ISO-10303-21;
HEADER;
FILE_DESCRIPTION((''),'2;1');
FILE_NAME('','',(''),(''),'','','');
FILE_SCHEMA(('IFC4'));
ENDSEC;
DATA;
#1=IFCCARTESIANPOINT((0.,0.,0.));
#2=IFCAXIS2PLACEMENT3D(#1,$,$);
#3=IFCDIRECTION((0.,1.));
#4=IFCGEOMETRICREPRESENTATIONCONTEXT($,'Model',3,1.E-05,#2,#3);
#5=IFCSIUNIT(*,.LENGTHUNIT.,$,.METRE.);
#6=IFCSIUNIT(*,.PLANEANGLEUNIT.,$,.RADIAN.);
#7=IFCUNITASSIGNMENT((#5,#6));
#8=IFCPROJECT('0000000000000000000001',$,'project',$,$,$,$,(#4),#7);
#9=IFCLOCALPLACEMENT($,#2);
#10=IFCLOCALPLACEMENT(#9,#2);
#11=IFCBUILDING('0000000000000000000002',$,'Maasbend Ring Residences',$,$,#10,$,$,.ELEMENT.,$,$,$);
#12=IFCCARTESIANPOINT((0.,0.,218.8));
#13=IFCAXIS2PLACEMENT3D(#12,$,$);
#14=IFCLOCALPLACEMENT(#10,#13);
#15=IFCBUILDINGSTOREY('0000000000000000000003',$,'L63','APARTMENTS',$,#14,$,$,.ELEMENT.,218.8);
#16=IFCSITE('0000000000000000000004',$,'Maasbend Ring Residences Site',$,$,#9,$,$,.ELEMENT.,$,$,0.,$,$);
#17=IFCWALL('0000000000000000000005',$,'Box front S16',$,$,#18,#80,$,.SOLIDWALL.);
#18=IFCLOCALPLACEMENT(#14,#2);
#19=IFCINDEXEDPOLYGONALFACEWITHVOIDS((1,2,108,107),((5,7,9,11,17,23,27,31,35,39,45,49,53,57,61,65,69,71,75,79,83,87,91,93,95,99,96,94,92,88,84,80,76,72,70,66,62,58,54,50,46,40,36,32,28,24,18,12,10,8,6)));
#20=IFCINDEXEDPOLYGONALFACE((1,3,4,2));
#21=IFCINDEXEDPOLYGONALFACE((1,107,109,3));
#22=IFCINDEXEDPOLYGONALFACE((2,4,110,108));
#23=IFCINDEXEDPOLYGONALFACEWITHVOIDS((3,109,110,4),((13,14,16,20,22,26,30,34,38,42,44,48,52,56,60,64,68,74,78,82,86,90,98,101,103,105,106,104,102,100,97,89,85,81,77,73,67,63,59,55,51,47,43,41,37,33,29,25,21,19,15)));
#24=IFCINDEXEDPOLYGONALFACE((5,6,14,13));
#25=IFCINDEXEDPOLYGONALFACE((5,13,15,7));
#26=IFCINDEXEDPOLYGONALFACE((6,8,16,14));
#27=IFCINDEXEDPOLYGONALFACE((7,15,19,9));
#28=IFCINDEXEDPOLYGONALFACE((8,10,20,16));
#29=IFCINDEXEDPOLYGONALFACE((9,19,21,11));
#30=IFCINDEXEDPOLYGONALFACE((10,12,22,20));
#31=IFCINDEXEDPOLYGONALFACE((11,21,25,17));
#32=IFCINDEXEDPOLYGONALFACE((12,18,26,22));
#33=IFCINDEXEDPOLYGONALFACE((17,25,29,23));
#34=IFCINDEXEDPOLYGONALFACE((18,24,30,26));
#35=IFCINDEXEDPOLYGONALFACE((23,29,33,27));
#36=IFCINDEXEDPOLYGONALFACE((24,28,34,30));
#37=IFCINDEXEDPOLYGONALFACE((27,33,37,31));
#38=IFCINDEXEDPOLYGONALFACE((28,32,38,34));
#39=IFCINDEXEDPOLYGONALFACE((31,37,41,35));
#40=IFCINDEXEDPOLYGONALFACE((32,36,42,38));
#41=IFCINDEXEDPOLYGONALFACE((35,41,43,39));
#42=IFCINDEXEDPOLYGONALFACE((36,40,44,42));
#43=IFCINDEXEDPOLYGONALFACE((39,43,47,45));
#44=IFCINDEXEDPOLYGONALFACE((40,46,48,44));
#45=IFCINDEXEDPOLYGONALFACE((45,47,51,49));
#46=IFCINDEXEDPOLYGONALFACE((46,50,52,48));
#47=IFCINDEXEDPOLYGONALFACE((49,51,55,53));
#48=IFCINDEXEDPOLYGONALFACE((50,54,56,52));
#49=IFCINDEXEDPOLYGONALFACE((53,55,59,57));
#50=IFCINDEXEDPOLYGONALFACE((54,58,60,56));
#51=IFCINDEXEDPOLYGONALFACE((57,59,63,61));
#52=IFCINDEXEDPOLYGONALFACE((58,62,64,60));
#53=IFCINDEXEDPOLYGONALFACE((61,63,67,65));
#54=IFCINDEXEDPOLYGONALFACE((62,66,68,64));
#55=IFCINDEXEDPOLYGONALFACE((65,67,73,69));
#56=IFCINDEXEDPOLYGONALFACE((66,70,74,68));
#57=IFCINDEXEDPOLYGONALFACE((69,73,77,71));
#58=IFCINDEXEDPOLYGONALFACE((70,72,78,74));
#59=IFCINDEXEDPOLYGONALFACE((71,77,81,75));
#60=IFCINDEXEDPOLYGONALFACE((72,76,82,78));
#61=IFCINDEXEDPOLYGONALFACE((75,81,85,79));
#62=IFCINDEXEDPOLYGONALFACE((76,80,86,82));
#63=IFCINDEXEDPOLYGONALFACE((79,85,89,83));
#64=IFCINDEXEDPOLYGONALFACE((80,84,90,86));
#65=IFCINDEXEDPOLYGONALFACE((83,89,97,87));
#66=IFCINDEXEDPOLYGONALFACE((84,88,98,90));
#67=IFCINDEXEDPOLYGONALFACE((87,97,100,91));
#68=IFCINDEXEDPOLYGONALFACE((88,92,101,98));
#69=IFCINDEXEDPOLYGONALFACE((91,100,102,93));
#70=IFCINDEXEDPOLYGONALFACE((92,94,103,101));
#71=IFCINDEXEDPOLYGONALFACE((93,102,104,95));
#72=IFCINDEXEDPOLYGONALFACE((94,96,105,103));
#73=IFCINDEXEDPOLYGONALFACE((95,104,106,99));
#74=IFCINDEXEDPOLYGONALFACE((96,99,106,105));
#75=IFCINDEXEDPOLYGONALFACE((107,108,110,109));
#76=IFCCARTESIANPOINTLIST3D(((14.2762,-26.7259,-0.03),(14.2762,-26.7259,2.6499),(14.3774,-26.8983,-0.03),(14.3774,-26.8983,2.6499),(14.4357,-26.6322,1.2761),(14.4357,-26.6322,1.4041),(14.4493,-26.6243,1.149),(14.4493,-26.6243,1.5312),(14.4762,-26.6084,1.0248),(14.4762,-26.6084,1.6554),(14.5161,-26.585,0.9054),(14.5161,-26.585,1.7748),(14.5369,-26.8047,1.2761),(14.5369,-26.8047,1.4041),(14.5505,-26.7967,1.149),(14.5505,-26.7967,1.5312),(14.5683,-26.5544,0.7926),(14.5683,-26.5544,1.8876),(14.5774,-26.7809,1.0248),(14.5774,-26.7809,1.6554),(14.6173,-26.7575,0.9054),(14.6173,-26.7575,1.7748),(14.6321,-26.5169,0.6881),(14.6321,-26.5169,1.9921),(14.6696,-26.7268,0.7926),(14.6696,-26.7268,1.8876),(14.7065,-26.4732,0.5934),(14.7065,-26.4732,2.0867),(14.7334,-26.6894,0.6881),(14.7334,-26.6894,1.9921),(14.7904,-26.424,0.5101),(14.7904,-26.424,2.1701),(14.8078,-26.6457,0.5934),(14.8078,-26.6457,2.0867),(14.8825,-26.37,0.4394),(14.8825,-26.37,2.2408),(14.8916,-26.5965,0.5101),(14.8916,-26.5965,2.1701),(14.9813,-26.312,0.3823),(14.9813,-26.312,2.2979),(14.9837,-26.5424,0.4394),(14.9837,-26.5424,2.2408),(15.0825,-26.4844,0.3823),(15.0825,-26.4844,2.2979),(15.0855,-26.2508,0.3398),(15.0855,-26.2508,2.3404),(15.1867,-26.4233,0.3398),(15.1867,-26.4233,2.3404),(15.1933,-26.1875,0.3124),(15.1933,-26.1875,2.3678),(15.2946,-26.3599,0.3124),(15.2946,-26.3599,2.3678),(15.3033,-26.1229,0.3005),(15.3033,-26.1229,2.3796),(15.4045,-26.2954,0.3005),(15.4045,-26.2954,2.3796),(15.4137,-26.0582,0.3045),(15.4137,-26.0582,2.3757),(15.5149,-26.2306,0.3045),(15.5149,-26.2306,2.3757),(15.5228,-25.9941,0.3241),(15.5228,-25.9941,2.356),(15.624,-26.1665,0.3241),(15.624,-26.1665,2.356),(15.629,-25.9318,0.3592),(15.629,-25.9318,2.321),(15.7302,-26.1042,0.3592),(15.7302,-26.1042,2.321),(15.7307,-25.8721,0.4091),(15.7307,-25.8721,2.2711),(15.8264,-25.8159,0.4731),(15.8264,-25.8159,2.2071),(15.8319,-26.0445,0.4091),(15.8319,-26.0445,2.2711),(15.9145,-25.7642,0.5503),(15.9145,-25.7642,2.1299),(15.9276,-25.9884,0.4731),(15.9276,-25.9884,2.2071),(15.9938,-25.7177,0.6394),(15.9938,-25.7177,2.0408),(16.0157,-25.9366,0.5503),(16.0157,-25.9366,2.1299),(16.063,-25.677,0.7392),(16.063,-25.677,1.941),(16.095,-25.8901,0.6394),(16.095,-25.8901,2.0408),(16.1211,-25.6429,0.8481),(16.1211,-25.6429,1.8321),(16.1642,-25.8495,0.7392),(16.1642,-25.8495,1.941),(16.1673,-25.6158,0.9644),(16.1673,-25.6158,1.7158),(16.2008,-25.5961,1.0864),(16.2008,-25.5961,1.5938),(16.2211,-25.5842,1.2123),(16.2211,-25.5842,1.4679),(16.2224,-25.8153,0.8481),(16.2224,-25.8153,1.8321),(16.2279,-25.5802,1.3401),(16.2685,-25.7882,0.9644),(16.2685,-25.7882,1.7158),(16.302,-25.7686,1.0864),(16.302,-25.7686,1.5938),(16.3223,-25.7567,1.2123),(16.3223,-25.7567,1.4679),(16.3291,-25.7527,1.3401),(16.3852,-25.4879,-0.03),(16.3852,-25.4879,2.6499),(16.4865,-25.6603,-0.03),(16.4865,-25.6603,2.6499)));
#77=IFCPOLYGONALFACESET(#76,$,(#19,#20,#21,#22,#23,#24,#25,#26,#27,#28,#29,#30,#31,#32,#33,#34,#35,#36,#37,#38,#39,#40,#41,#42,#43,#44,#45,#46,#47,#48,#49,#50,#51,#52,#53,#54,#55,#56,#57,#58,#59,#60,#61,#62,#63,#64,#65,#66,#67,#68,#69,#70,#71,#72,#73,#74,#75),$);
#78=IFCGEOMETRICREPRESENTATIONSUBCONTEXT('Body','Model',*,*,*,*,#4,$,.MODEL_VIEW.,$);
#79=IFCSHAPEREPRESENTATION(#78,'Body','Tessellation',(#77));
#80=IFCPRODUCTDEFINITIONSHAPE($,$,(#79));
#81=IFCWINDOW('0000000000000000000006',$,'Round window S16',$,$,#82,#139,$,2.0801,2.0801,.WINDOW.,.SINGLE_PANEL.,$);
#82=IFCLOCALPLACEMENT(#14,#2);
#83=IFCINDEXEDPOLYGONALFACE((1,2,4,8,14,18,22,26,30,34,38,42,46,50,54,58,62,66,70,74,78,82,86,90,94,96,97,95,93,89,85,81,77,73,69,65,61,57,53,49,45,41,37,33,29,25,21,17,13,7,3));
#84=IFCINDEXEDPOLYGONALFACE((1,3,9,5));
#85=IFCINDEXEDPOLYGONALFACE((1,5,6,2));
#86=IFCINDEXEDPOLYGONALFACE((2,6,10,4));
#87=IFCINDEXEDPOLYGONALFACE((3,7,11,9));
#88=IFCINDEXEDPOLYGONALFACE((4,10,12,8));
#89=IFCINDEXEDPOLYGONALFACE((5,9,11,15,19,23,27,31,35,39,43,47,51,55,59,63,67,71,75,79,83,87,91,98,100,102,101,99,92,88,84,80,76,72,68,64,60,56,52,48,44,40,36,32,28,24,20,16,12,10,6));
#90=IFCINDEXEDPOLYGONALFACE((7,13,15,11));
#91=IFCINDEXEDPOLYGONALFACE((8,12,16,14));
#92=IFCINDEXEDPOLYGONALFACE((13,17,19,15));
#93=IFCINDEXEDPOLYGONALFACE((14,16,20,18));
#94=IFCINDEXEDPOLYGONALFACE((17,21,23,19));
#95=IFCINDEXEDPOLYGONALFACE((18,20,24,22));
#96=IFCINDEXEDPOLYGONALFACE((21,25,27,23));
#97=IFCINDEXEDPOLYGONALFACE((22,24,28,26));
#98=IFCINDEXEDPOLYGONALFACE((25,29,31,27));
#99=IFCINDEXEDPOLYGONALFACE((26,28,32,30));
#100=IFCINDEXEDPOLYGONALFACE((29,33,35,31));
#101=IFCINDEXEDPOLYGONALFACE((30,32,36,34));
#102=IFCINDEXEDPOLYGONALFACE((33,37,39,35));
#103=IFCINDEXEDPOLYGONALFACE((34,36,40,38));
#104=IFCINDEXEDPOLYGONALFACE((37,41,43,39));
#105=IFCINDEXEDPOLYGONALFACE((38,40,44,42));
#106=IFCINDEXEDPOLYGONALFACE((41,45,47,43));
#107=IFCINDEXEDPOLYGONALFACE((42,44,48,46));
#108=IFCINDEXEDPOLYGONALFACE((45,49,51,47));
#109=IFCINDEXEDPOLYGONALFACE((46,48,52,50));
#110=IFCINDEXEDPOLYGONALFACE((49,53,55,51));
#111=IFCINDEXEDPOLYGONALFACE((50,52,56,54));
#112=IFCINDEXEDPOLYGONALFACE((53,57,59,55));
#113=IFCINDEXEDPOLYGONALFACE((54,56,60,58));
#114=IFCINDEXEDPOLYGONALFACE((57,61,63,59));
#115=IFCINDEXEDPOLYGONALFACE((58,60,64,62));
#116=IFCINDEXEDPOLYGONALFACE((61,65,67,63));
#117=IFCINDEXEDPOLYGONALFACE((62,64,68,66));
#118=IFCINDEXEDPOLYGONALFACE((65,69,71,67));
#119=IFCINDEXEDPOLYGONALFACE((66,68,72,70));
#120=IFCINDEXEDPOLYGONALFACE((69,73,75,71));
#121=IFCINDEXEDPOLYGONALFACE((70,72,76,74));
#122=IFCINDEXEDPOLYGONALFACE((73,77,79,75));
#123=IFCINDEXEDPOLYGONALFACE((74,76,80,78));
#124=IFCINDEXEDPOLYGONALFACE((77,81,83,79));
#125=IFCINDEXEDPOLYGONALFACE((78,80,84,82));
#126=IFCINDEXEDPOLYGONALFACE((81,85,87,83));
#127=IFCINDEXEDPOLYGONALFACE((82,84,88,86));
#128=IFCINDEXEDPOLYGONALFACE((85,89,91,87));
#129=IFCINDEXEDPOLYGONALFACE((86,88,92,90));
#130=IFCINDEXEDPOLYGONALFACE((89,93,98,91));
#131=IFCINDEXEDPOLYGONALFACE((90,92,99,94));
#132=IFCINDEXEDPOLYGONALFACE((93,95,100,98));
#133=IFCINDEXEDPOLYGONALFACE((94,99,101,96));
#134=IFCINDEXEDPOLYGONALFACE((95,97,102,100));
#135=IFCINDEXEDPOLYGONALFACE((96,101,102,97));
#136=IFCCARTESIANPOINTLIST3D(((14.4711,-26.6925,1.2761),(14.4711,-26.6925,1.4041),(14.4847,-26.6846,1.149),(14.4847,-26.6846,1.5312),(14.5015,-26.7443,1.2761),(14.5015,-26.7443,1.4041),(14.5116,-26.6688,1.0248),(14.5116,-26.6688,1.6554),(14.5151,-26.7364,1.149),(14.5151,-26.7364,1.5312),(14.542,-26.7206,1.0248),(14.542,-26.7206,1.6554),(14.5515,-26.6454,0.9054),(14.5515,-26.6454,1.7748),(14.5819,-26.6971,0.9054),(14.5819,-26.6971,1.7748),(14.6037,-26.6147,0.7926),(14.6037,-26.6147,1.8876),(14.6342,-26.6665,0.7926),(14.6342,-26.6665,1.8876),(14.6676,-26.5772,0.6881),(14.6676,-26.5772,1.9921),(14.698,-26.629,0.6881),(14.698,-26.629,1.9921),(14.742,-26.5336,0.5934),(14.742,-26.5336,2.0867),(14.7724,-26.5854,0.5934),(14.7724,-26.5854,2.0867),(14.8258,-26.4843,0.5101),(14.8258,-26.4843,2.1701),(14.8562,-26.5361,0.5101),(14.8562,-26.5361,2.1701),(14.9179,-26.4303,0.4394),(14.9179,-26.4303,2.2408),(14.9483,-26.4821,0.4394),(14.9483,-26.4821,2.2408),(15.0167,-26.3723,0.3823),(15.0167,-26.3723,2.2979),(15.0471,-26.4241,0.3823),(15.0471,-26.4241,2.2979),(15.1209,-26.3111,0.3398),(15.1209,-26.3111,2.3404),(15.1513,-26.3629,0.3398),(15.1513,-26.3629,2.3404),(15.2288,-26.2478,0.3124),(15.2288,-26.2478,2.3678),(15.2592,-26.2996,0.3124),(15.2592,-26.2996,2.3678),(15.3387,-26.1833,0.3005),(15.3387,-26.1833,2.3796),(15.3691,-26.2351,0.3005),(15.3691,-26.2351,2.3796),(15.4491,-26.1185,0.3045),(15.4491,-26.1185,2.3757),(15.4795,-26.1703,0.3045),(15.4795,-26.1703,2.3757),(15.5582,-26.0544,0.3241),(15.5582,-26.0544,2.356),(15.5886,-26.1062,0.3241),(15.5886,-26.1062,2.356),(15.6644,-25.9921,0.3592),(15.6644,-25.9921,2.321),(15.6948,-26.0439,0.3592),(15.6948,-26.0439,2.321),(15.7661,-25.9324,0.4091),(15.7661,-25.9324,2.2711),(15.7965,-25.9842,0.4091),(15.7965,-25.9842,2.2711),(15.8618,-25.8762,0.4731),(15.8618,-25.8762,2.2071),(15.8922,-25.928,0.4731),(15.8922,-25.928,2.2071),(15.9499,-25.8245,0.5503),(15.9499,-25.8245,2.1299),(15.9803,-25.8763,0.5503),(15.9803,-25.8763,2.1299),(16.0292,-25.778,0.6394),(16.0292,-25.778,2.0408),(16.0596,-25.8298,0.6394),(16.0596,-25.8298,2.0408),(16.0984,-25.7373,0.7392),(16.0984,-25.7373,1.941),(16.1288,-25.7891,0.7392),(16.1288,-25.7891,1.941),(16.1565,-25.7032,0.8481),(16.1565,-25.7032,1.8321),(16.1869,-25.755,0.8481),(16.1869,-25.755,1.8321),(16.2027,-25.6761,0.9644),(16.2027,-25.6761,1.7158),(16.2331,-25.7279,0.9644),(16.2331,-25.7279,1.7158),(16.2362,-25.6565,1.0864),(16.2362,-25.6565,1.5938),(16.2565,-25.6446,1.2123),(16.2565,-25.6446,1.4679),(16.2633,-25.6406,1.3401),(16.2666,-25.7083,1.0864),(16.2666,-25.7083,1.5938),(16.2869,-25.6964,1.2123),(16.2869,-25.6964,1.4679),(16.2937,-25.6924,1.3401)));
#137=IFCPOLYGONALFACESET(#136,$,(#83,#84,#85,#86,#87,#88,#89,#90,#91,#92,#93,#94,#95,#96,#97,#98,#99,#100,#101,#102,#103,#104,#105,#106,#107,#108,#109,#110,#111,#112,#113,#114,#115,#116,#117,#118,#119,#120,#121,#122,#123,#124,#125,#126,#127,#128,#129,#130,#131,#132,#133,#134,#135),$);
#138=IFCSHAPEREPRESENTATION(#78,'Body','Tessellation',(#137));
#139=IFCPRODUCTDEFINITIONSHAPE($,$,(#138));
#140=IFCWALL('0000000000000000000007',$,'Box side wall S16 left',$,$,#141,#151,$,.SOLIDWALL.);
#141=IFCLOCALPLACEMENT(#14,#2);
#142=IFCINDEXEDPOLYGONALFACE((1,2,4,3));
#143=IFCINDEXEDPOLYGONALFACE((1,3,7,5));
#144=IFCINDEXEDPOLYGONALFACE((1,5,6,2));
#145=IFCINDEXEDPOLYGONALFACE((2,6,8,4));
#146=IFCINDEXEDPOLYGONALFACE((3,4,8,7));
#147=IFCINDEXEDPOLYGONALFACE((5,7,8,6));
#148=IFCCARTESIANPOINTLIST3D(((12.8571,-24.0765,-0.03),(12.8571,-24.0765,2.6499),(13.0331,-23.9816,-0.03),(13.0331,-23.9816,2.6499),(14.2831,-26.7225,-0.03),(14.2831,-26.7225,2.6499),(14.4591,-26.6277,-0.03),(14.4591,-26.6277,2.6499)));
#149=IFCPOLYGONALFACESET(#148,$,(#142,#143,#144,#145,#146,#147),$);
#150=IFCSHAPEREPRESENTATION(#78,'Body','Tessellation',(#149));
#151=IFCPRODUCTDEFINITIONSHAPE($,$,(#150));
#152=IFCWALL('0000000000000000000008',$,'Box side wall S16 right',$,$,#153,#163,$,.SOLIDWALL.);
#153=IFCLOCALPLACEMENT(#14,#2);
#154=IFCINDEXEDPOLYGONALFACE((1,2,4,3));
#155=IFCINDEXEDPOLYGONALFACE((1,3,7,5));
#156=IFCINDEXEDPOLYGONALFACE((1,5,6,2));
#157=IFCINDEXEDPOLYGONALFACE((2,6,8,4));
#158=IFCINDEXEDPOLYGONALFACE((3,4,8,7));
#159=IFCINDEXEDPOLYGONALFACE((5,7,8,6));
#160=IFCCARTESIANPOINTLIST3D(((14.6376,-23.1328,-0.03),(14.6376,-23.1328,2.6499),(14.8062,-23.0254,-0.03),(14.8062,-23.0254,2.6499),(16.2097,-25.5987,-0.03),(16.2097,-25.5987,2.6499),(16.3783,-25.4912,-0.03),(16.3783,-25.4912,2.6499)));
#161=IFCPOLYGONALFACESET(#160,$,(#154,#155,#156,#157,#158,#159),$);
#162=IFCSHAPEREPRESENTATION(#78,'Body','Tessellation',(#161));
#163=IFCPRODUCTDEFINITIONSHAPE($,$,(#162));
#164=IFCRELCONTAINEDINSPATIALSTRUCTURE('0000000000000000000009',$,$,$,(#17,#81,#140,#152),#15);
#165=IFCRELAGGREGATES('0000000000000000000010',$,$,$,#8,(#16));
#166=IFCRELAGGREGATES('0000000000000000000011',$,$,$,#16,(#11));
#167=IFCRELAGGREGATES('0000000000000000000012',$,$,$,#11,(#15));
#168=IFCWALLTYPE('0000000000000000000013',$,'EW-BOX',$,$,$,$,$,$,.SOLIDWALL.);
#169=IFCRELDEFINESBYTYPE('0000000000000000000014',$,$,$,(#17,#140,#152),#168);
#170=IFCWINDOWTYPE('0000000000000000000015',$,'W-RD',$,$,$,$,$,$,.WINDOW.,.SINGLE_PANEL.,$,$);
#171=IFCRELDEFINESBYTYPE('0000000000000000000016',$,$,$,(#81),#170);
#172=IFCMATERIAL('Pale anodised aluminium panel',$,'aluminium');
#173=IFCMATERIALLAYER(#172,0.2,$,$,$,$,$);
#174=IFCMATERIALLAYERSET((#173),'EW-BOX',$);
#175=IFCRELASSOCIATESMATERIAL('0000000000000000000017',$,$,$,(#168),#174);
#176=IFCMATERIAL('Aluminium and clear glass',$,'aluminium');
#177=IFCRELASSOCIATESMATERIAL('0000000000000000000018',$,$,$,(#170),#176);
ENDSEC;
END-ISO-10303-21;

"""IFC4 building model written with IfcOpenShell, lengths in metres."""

from ifc_helpers import new_model, si_unit, direction, frame, frame_2d, origin, place, context, subcontext, project, spatial, rectangle, circle, extrude, material, layer, layer_set, type_object, element, fill, save


model = new_model("IFC4")

# Units and contexts
model_context = context("Model", 3, precision=1e-05, world=origin(), true_north=direction((0.0, 1.0)))
body_context = subcontext(model_context, "Body", "Model", "MODEL_VIEW")
ifc_project = project(units=[si_unit("LENGTHUNIT", "METRE"), si_unit("PLANEANGLEUNIT", "RADIAN")], contexts=[model_context])

# Site, building, storey
site_placement = place(None, origin())
site = spatial("IfcSite", under=ifc_project, at=site_placement, Name="Maasbend Ring Residences Site", CompositionType="ELEMENT", RefElevation=0.0)
building_placement = place(site_placement, origin())
building = spatial("IfcBuilding", under=site, at=building_placement, Name="Maasbend Ring Residences", CompositionType="ELEMENT")
storey_placement = place(building_placement, frame((0.0, 0.0, 218.8)))
storey = spatial("IfcBuildingStorey", under=building, at=storey_placement, Name="L63", Description="APARTMENTS", CompositionType="ELEMENT", Elevation=218.8)

# Wall, opening, window
ifc_material_1 = material(Name="Pale anodised aluminium panel", Category="aluminium")
ifc_layer_1 = layer(ifc_material_1, 0.2)
ifc_layer_set_1 = layer_set([ifc_layer_1], Name="EW-BOX")
wall_type_1 = type_object("IfcWallType", Name="EW-BOX", PredefinedType="SOLIDWALL", material=ifc_layer_set_1)
wall_1_placement = place(storey_placement, frame((14.3269, -26.812, -0.03), z_axis=(0.0, 0.0, 1.0), x_axis=(0.862403, 0.506222, 0.0)))
wall_1 = element("IfcWall", 1, at=wall_1_placement, inside=storey, type_object=wall_type_1, Name="Box front S16", PredefinedType="SOLIDWALL", context=body_context, shape_type="SweptSolid", body=[
    extrude(rectangle(XDim=2.4456, YDim=0.2, at=frame_2d((1.2227, 0.0))), origin(), (0.0, 0.0, 1.0), 2.6799),
])
opening_1_placement = place(wall_1_placement, frame((0.1829, 0.0, 0.3301)))
opening_1 = element("IfcOpeningElement", 2, at=opening_1_placement, cuts=wall_1, PredefinedType="OPENING", context=body_context, shape_type="SweptSolid", body=[
    extrude(circle(Radius=1.04, at=frame_2d((1.04, 1.04))), frame((0.0, 0.1099, 0.0), z_axis=(0.0, -1.0, 0.0), x_axis=(1.0, 0.0, 0.0)), (0.0, 0.0, 1.0), 0.22),
])
ifc_material_2 = material(Name="Aluminium and clear glass", Category="aluminium")
window_type_1 = type_object("IfcWindowType", Name="W-RD", PartitioningType="SINGLE_PANEL", PredefinedType="WINDOW", material=ifc_material_2)
window_1_placement = place(opening_1_placement, origin())
window_1 = element("IfcWindow", 3, at=window_1_placement, inside=storey, type_object=window_type_1, Name="Round window S16", OverallHeight=2.0801, OverallWidth=2.0801, PartitioningType="SINGLE_PANEL", PredefinedType="WINDOW", context=body_context, shape_type="SweptSolid", body=[
    extrude(circle(Radius=1.04, at=frame_2d((1.04, 1.04))), frame((0.0, 0.03, 0.0), z_axis=(0.0, -1.0, 0.0), x_axis=(1.0, 0.0, 0.0)), (0.0, 0.0, 1.0), 0.0601),
])
fill(opening_1, window_1)

# Walls
wall_2_placement = place(storey_placement, frame((12.9451, -24.0291, -0.03), z_axis=(0.0, 0.0, 1.0), x_axis=(0.474424, -0.880296, 0.0)))
element("IfcWall", 4, at=wall_2_placement, inside=storey, type_object=wall_type_1, Name="Box side wall S16 left", PredefinedType="SOLIDWALL", context=body_context, shape_type="SweptSolid", body=[
    extrude(rectangle(XDim=3.0059, YDim=0.2, at=frame_2d((1.5029, 0.0))), origin(), (0.0, 0.0, 1.0), 2.6799),
])
wall_3_placement = place(storey_placement, frame((14.7219, -23.0791, -0.03), z_axis=(0.0, 0.0, 1.0), x_axis=(0.537572, -0.843218, 0.0)))
element("IfcWall", 5, at=wall_3_placement, inside=storey, type_object=wall_type_1, Name="Box side wall S16 right", PredefinedType="SOLIDWALL", context=body_context, shape_type="SweptSolid", body=[
    extrude(rectangle(XDim=2.9243, YDim=0.2, at=frame_2d((1.4622, 0.0))), origin(), (0.0, 0.0, 1.0), 2.6799),
])

save(model, "model.ifc")
